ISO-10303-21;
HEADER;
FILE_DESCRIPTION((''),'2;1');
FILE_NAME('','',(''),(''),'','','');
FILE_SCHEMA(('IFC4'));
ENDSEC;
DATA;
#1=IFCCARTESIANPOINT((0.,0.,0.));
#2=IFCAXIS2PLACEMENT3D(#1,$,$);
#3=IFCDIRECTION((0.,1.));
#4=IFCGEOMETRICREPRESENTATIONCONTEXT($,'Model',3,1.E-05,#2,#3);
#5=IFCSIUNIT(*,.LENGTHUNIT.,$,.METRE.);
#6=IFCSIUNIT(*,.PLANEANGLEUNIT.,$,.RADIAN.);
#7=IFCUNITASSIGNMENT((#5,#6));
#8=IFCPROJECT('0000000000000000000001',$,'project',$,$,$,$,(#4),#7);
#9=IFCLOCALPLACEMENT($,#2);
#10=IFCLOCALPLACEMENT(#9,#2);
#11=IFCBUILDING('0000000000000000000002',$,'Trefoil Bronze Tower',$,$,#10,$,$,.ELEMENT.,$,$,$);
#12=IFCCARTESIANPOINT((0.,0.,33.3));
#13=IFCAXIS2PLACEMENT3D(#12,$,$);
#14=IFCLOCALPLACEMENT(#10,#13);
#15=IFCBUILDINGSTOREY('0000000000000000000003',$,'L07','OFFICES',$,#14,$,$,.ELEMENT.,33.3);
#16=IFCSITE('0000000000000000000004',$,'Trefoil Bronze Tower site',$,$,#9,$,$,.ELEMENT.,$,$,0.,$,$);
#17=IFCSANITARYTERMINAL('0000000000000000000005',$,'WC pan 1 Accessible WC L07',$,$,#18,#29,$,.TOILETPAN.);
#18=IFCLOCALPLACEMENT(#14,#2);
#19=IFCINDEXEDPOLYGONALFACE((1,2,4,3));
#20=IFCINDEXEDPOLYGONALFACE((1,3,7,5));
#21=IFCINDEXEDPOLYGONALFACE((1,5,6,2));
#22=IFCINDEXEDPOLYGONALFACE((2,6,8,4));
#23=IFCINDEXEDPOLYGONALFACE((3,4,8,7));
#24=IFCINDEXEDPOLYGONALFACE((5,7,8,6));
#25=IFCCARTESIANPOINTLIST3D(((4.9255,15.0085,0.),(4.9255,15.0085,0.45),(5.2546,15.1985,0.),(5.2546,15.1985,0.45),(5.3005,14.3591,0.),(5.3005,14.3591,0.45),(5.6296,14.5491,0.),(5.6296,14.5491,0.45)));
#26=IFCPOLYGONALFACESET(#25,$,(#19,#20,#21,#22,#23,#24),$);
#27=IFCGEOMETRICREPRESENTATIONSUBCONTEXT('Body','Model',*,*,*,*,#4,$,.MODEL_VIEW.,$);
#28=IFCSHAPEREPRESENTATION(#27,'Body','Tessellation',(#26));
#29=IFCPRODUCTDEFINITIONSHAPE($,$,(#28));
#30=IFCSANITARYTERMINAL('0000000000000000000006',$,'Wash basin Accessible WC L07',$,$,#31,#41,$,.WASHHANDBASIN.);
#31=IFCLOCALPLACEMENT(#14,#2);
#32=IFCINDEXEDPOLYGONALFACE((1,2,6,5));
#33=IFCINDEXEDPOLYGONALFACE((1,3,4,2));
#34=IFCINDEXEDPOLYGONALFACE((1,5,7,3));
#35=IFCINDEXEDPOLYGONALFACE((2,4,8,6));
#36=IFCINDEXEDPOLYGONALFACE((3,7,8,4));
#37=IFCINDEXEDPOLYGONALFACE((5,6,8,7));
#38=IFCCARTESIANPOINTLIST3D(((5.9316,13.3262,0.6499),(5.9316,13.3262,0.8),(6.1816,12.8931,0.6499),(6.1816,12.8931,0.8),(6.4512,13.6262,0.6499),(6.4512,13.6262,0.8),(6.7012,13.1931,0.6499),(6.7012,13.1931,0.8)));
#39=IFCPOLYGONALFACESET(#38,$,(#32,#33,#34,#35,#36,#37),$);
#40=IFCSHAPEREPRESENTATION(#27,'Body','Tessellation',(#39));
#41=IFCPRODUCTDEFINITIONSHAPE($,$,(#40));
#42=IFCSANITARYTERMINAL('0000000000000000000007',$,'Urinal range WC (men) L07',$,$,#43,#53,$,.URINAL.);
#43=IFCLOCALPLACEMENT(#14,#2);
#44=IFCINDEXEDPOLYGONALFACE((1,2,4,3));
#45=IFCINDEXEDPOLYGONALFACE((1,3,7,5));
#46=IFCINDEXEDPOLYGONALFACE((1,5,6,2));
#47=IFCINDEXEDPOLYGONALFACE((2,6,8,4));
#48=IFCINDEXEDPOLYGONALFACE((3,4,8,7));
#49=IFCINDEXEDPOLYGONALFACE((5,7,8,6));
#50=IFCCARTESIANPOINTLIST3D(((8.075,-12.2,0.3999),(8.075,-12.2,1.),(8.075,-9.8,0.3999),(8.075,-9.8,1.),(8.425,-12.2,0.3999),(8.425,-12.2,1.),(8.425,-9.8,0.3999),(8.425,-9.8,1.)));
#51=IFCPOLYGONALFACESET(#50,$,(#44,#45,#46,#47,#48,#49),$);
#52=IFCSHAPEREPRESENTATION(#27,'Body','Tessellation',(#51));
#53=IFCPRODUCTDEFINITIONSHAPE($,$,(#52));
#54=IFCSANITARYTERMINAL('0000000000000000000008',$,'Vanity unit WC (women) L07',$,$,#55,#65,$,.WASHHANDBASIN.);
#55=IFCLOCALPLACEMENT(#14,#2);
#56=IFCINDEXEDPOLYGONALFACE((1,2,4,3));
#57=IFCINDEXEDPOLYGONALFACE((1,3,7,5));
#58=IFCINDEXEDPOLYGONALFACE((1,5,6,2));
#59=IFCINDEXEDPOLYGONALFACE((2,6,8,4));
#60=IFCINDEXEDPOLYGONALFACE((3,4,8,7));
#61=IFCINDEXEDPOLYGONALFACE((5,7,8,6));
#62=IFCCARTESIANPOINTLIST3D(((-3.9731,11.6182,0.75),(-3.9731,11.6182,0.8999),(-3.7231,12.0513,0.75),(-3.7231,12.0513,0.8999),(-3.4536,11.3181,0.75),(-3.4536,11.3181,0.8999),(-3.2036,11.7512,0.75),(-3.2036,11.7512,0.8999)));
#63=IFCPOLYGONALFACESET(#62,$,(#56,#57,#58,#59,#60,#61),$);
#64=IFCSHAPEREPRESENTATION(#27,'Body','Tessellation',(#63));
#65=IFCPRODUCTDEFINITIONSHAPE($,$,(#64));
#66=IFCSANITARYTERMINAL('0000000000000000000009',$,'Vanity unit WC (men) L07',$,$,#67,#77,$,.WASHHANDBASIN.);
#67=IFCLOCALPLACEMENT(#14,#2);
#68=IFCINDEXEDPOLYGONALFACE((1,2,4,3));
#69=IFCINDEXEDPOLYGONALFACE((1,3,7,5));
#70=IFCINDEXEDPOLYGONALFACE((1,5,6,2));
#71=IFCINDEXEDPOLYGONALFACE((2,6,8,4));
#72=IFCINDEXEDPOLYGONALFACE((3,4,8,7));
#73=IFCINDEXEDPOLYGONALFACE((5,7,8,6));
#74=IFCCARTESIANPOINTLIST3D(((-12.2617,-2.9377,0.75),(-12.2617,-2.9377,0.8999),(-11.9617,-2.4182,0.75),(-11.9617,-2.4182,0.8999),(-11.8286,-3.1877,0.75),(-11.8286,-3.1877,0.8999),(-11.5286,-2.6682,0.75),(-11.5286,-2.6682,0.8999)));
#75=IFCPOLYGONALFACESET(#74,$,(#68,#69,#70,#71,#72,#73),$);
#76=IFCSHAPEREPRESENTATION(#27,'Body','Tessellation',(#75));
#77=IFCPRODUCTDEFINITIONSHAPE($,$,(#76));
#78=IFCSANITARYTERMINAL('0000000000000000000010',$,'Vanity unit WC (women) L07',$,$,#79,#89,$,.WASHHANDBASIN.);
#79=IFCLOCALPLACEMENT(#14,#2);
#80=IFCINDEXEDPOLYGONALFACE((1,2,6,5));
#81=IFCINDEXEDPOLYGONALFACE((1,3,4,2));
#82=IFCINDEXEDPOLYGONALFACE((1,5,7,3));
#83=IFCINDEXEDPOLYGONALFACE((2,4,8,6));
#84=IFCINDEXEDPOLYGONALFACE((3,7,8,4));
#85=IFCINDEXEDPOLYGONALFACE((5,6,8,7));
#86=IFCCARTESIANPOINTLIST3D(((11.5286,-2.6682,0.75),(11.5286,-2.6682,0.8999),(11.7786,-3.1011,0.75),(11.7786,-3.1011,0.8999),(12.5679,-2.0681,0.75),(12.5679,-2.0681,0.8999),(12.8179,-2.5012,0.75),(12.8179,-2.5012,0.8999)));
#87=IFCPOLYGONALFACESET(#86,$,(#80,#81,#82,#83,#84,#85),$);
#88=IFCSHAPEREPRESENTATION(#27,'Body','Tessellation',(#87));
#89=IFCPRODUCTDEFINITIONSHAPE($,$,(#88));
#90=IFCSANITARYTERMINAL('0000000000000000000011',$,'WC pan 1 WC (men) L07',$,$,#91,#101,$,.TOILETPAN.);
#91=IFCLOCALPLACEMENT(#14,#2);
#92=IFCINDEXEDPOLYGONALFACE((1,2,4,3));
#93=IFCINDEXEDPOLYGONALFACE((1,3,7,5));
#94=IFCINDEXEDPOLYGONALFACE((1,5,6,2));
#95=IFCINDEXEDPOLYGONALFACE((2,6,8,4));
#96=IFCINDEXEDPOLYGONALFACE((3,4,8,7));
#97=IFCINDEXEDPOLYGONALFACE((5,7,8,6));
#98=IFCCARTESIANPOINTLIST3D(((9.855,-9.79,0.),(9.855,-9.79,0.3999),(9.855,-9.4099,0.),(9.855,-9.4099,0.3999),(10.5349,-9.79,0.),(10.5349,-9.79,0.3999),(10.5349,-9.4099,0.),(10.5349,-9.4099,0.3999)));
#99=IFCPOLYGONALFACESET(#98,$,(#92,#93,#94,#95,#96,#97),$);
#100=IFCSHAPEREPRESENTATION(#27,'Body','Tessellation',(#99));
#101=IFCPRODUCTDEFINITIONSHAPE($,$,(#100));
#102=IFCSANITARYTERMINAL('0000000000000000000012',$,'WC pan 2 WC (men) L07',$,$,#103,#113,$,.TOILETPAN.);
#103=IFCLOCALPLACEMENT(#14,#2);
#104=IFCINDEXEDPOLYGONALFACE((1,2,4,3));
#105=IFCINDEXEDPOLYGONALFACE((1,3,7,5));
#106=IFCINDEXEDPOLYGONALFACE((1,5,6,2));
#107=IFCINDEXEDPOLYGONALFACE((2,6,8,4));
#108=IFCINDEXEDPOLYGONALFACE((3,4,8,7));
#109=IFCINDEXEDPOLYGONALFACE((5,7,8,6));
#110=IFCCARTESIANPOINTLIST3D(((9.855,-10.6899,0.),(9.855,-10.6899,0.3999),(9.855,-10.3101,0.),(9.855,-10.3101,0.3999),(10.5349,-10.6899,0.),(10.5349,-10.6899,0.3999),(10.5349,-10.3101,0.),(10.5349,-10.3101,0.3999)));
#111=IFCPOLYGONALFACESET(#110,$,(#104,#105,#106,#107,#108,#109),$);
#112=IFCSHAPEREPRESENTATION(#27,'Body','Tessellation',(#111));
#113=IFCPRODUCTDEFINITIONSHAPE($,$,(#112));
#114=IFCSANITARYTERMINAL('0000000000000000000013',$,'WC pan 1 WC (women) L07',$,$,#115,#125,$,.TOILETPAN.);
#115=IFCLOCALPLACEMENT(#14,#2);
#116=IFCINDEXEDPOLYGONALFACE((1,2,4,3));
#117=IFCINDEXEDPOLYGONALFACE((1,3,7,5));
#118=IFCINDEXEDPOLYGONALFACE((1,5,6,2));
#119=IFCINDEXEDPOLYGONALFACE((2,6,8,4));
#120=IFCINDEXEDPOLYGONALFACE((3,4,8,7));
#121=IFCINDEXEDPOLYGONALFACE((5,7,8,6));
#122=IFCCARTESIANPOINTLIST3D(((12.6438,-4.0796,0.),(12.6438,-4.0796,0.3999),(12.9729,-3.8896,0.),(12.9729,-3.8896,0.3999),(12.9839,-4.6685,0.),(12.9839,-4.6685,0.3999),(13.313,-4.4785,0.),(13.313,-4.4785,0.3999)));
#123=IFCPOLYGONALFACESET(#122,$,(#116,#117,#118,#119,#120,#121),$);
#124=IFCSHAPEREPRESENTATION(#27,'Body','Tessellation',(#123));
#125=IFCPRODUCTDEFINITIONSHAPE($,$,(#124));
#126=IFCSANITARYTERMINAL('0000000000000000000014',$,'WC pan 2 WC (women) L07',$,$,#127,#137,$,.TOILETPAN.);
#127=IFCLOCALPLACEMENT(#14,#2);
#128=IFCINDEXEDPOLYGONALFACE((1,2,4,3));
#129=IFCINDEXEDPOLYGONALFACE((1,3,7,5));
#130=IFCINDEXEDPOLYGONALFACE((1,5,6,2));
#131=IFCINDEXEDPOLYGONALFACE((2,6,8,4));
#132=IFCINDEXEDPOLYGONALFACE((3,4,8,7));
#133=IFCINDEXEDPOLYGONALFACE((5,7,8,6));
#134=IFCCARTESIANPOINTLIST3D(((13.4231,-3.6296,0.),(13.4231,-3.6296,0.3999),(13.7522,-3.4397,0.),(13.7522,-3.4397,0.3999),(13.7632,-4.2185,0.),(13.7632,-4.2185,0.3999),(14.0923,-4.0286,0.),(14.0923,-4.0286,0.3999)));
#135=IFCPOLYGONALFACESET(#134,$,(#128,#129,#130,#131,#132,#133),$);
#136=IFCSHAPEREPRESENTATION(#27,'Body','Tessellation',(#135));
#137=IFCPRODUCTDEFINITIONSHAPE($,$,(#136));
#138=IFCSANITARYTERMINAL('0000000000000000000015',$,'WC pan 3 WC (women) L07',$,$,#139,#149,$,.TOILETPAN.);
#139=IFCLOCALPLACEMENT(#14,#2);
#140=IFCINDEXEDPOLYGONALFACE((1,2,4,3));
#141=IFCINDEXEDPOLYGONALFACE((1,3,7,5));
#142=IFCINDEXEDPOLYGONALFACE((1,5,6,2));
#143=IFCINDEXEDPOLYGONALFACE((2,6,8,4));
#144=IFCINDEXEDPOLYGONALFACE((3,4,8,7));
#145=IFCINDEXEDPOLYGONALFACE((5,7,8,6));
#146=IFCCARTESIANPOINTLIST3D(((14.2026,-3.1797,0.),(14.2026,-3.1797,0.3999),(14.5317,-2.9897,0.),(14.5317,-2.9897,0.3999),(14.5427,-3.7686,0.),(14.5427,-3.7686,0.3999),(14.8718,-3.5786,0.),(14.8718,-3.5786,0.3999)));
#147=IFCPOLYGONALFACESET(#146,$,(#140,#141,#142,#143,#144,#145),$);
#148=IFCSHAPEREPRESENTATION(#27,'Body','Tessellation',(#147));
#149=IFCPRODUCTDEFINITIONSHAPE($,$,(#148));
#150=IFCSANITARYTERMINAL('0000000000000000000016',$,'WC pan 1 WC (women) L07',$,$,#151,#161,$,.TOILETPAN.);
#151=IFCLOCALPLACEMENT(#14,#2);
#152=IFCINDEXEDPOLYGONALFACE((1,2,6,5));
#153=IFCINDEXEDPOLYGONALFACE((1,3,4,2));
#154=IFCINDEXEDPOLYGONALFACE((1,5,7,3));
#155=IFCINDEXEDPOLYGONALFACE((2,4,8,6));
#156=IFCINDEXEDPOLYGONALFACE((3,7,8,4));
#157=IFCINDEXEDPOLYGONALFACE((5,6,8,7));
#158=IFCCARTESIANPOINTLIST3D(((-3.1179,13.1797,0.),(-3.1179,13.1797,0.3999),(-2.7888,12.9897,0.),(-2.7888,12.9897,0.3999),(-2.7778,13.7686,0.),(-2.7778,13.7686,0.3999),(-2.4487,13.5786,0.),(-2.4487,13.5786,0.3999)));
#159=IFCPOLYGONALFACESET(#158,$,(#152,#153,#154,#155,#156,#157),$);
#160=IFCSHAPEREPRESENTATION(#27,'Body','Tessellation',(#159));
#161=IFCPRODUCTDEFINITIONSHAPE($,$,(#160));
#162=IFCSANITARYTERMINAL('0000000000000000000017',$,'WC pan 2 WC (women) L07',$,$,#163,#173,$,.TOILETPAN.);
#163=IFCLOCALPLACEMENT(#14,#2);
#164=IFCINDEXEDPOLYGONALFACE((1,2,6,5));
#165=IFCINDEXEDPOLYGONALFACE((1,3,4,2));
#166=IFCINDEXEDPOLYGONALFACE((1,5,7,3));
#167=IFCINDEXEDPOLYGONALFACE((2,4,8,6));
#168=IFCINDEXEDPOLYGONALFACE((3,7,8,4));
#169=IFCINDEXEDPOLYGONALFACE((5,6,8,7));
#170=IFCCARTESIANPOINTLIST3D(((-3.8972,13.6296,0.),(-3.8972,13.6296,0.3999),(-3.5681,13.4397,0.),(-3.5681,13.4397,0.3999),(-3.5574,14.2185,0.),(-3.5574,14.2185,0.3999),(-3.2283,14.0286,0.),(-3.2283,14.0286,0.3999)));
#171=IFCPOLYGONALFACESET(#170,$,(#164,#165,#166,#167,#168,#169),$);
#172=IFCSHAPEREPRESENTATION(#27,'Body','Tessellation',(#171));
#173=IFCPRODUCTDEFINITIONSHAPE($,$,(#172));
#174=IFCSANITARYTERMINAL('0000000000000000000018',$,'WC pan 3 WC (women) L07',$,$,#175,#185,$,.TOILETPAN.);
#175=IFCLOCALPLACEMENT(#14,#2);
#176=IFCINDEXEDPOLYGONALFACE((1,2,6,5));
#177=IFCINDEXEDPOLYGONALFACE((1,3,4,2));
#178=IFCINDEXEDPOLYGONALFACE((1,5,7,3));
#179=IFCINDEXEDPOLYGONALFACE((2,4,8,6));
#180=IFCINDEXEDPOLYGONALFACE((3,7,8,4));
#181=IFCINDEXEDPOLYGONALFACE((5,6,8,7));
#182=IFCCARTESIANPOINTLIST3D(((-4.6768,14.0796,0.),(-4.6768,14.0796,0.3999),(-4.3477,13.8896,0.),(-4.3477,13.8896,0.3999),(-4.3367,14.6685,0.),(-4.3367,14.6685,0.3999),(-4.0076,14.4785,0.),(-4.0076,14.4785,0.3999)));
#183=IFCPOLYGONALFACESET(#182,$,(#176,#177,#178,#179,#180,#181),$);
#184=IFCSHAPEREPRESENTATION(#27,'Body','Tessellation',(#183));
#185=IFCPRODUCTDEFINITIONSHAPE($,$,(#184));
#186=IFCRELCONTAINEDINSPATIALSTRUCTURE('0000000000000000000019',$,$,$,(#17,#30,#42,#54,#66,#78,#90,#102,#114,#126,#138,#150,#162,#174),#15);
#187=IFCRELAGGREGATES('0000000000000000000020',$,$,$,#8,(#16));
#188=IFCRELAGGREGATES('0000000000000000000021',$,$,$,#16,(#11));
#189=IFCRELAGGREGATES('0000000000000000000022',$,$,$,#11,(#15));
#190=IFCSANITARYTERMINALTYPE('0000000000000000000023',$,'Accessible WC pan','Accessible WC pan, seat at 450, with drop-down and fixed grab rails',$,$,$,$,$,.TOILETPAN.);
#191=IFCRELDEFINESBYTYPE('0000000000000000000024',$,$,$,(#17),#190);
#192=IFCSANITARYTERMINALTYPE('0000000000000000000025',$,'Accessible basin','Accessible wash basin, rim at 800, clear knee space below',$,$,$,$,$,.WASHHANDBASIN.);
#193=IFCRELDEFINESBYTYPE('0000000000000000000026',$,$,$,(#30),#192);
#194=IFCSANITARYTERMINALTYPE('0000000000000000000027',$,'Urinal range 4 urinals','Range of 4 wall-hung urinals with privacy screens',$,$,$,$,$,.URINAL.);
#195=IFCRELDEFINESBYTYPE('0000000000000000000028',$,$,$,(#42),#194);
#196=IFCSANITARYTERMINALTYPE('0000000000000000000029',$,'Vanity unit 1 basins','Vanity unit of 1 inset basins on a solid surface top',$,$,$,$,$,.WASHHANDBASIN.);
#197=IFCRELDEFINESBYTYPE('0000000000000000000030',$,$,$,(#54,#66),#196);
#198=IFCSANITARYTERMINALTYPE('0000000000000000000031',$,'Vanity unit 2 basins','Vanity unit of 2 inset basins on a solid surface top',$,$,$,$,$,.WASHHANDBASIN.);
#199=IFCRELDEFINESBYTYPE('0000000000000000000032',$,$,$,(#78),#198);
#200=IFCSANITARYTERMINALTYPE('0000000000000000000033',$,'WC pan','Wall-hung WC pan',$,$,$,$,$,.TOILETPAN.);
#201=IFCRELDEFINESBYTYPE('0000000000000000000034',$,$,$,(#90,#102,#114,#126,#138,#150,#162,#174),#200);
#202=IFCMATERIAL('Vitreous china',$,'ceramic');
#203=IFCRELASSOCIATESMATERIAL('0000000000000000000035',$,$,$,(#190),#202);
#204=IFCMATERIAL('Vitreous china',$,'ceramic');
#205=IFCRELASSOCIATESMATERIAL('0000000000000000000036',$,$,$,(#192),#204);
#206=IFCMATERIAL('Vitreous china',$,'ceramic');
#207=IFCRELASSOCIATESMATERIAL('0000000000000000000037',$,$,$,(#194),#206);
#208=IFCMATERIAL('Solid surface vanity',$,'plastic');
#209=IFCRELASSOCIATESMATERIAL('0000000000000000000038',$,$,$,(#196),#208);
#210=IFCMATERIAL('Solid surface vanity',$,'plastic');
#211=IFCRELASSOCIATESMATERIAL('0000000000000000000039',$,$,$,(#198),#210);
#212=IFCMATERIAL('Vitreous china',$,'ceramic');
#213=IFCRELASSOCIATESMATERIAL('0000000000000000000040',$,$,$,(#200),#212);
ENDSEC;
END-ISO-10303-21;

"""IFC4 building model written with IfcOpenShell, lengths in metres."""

from ifc_helpers import new_model, si_unit, direction, frame, origin, place, context, subcontext, project, spatial, polyline, outline, extrude, material, type_object, element, save


model = new_model("IFC4")

# Units and contexts
model_context = context("Model", 3, precision=1e-05, world=origin(), true_north=direction((0.0, 1.0)))
body_context = subcontext(model_context, "Body", "Model", "MODEL_VIEW")
ifc_project = project(units=[si_unit("LENGTHUNIT", "METRE"), si_unit("PLANEANGLEUNIT", "RADIAN")], contexts=[model_context])

# Site, building, storey
site_placement = place(None, origin())
site = spatial("IfcSite", under=ifc_project, at=site_placement, Name="Trefoil Bronze Tower site", CompositionType="ELEMENT", RefElevation=0.0)
building_placement = place(site_placement, origin())
building = spatial("IfcBuilding", under=site, at=building_placement, Name="Trefoil Bronze Tower", CompositionType="ELEMENT")
storey_placement = place(building_placement, frame((0.0, 0.0, 33.3)))
storey = spatial("IfcBuildingStorey", under=building, at=storey_placement, Name="L07", Description="OFFICES", CompositionType="ELEMENT", Elevation=33.3)

# Sanitary terminals
ifc_material_1 = material(Name="Vitreous china", Category="ceramic")
sanitary_terminal_type_1 = type_object("IfcSanitaryTerminalType", Name="Accessible WC pan", Description="Accessible WC pan, seat at 450, with drop-down and fixed grab rails", PredefinedType="TOILETPAN", material=ifc_material_1)
sanitary_terminal_1_placement = place(storey_placement, origin())
element("IfcSanitaryTerminal", 1, at=sanitary_terminal_1_placement, inside=storey, type_object=sanitary_terminal_type_1, Name="WC pan 1 Accessible WC L07", PredefinedType="TOILETPAN", context=body_context, shape_type="SweptSolid", body=[
    extrude(outline(polyline([(5.3005, 14.3591), (4.9255, 15.0085), (5.2546, 15.1985), (5.6296, 14.5491), (5.3005, 14.3591)])), origin(), (0.0, 0.0, 1.0), 0.45),
])
ifc_material_2 = material(Name="Vitreous china", Category="ceramic")
sanitary_terminal_type_2 = type_object("IfcSanitaryTerminalType", Name="Accessible basin", Description="Accessible wash basin, rim at 800, clear knee space below", PredefinedType="WASHHANDBASIN", material=ifc_material_2)
sanitary_terminal_2_placement = place(storey_placement, frame((0.0, 0.0, 0.6499)))
element("IfcSanitaryTerminal", 2, at=sanitary_terminal_2_placement, inside=storey, type_object=sanitary_terminal_type_2, Name="Wash basin Accessible WC L07", PredefinedType="WASHHANDBASIN", context=body_context, shape_type="SweptSolid", body=[
    extrude(outline(polyline([(6.1816, 12.8931), (5.9316, 13.3262), (6.4512, 13.6262), (6.7012, 13.1931), (6.1816, 12.8931)])), origin(), (0.0, 0.0, 1.0), 0.1501),
])
ifc_material_3 = material(Name="Vitreous china", Category="ceramic")
sanitary_terminal_type_3 = type_object("IfcSanitaryTerminalType", Name="Urinal range 4 urinals", Description="Range of 4 wall-hung urinals with privacy screens", PredefinedType="URINAL", material=ifc_material_3)
sanitary_terminal_3_placement = place(storey_placement, frame((0.0, 0.0, 0.3999)))
element("IfcSanitaryTerminal", 3, at=sanitary_terminal_3_placement, inside=storey, type_object=sanitary_terminal_type_3, Name="Urinal range WC (men) L07", PredefinedType="URINAL", context=body_context, shape_type="SweptSolid", body=[
    extrude(outline(polyline([(8.075, -9.8), (8.425, -9.8), (8.425, -12.2), (8.075, -12.2), (8.075, -9.8)])), origin(), (0.0, 0.0, 1.0), 0.6001),
])
ifc_material_4 = material(Name="Solid surface vanity", Category="plastic")
sanitary_terminal_type_4 = type_object("IfcSanitaryTerminalType", Name="Vanity unit 1 basins", Description="Vanity unit of 1 inset basins on a solid surface top", PredefinedType="WASHHANDBASIN", material=ifc_material_4)
sanitary_terminal_4_placement = place(storey_placement, frame((0.0, 0.0, 0.75)))
element("IfcSanitaryTerminal", 4, at=sanitary_terminal_4_placement, inside=storey, type_object=sanitary_terminal_type_4, Name="Vanity unit WC (women) L07", PredefinedType="WASHHANDBASIN", context=body_context, shape_type="SweptSolid", body=[
    extrude(outline(polyline([(-3.4536, 11.3181), (-3.2036, 11.7512), (-3.7231, 12.0513), (-3.9731, 11.6182), (-3.4536, 11.3181)])), origin(), (0.0, 0.0, 1.0), 0.1499),
])
sanitary_terminal_5_placement = place(storey_placement, frame((0.0, 0.0, 0.75)))
element("IfcSanitaryTerminal", 5, at=sanitary_terminal_5_placement, inside=storey, type_object=sanitary_terminal_type_4, Name="Vanity unit WC (men) L07", PredefinedType="WASHHANDBASIN", context=body_context, shape_type="SweptSolid", body=[
    extrude(outline(polyline([(-11.5286, -2.6682), (-11.8286, -3.1877), (-12.2617, -2.9377), (-11.9617, -2.4182), (-11.5286, -2.6682)])), origin(), (0.0, 0.0, 1.0), 0.1499),
])
ifc_material_5 = material(Name="Solid surface vanity", Category="plastic")
sanitary_terminal_type_5 = type_object("IfcSanitaryTerminalType", Name="Vanity unit 2 basins", Description="Vanity unit of 2 inset basins on a solid surface top", PredefinedType="WASHHANDBASIN", material=ifc_material_5)
sanitary_terminal_6_placement = place(storey_placement, frame((0.0, 0.0, 0.75)))
element("IfcSanitaryTerminal", 6, at=sanitary_terminal_6_placement, inside=storey, type_object=sanitary_terminal_type_5, Name="Vanity unit WC (women) L07", PredefinedType="WASHHANDBASIN", context=body_context, shape_type="SweptSolid", body=[
    extrude(outline(polyline([(11.5286, -2.6682), (11.7786, -3.1011), (12.8179, -2.5012), (12.5679, -2.0681), (11.5286, -2.6682)])), origin(), (0.0, 0.0, 1.0), 0.1499),
])
ifc_material_6 = material(Name="Vitreous china", Category="ceramic")
sanitary_terminal_type_6 = type_object("IfcSanitaryTerminalType", Name="WC pan", Description="Wall-hung WC pan", PredefinedType="TOILETPAN", material=ifc_material_6)
sanitary_terminal_7_placement = place(storey_placement, origin())
element("IfcSanitaryTerminal", 7, at=sanitary_terminal_7_placement, inside=storey, type_object=sanitary_terminal_type_6, Name="WC pan 1 WC (men) L07", PredefinedType="TOILETPAN", context=body_context, shape_type="SweptSolid", body=[
    extrude(outline(polyline([(9.855, -9.4099), (10.5349, -9.4099), (10.5349, -9.79), (9.855, -9.79), (9.855, -9.4099)])), origin(), (0.0, 0.0, 1.0), 0.3999),
])
sanitary_terminal_8_placement = place(storey_placement, origin())
element("IfcSanitaryTerminal", 8, at=sanitary_terminal_8_placement, inside=storey, type_object=sanitary_terminal_type_6, Name="WC pan 2 WC (men) L07", PredefinedType="TOILETPAN", context=body_context, shape_type="SweptSolid", body=[
    extrude(outline(polyline([(9.855, -10.3101), (10.5349, -10.3101), (10.5349, -10.6899), (9.855, -10.6899), (9.855, -10.3101)])), origin(), (0.0, 0.0, 1.0), 0.3999),
])
sanitary_terminal_9_placement = place(storey_placement, origin())
element("IfcSanitaryTerminal", 9, at=sanitary_terminal_9_placement, inside=storey, type_object=sanitary_terminal_type_6, Name="WC pan 1 WC (women) L07", PredefinedType="TOILETPAN", context=body_context, shape_type="SweptSolid", body=[
    extrude(outline(polyline([(12.6438, -4.0796), (12.9839, -4.6685), (13.313, -4.4785), (12.9729, -3.8896), (12.6438, -4.0796)])), origin(), (0.0, 0.0, 1.0), 0.3999),
])
sanitary_terminal_10_placement = place(storey_placement, origin())
element("IfcSanitaryTerminal", 10, at=sanitary_terminal_10_placement, inside=storey, type_object=sanitary_terminal_type_6, Name="WC pan 2 WC (women) L07", PredefinedType="TOILETPAN", context=body_context, shape_type="SweptSolid", body=[
    extrude(outline(polyline([(13.4231, -3.6296), (13.7632, -4.2185), (14.0923, -4.0286), (13.7522, -3.4397), (13.4231, -3.6296)])), origin(), (0.0, 0.0, 1.0), 0.3999),
])
sanitary_terminal_11_placement = place(storey_placement, origin())
element("IfcSanitaryTerminal", 11, at=sanitary_terminal_11_placement, inside=storey, type_object=sanitary_terminal_type_6, Name="WC pan 3 WC (women) L07", PredefinedType="TOILETPAN", context=body_context, shape_type="SweptSolid", body=[
    extrude(outline(polyline([(14.2026, -3.1797), (14.5427, -3.7686), (14.8718, -3.5786), (14.5317, -2.9897), (14.2026, -3.1797)])), origin(), (0.0, 0.0, 1.0), 0.3999),
])
sanitary_terminal_12_placement = place(storey_placement, origin())
element("IfcSanitaryTerminal", 12, at=sanitary_terminal_12_placement, inside=storey, type_object=sanitary_terminal_type_6, Name="WC pan 1 WC (women) L07", PredefinedType="TOILETPAN", context=body_context, shape_type="SweptSolid", body=[
    extrude(outline(polyline([(-2.7888, 12.9897), (-2.4487, 13.5786), (-2.7778, 13.7686), (-3.1179, 13.1797), (-2.7888, 12.9897)])), origin(), (0.0, 0.0, 1.0), 0.3999),
])
sanitary_terminal_13_placement = place(storey_placement, origin())
element("IfcSanitaryTerminal", 13, at=sanitary_terminal_13_placement, inside=storey, type_object=sanitary_terminal_type_6, Name="WC pan 2 WC (women) L07", PredefinedType="TOILETPAN", context=body_context, shape_type="SweptSolid", body=[
    extrude(outline(polyline([(-3.5681, 13.4397), (-3.2283, 14.0286), (-3.5574, 14.2185), (-3.8972, 13.6296), (-3.5681, 13.4397)])), origin(), (0.0, 0.0, 1.0), 0.3999),
])
sanitary_terminal_14_placement = place(storey_placement, origin())
element("IfcSanitaryTerminal", 14, at=sanitary_terminal_14_placement, inside=storey, type_object=sanitary_terminal_type_6, Name="WC pan 3 WC (women) L07", PredefinedType="TOILETPAN", context=body_context, shape_type="SweptSolid", body=[
    extrude(outline(polyline([(-4.3477, 13.8896), (-4.0076, 14.4785), (-4.3367, 14.6685), (-4.6768, 14.0796), (-4.3477, 13.8896)])), origin(), (0.0, 0.0, 1.0), 0.3999),
])

save(model, "model.ifc")
